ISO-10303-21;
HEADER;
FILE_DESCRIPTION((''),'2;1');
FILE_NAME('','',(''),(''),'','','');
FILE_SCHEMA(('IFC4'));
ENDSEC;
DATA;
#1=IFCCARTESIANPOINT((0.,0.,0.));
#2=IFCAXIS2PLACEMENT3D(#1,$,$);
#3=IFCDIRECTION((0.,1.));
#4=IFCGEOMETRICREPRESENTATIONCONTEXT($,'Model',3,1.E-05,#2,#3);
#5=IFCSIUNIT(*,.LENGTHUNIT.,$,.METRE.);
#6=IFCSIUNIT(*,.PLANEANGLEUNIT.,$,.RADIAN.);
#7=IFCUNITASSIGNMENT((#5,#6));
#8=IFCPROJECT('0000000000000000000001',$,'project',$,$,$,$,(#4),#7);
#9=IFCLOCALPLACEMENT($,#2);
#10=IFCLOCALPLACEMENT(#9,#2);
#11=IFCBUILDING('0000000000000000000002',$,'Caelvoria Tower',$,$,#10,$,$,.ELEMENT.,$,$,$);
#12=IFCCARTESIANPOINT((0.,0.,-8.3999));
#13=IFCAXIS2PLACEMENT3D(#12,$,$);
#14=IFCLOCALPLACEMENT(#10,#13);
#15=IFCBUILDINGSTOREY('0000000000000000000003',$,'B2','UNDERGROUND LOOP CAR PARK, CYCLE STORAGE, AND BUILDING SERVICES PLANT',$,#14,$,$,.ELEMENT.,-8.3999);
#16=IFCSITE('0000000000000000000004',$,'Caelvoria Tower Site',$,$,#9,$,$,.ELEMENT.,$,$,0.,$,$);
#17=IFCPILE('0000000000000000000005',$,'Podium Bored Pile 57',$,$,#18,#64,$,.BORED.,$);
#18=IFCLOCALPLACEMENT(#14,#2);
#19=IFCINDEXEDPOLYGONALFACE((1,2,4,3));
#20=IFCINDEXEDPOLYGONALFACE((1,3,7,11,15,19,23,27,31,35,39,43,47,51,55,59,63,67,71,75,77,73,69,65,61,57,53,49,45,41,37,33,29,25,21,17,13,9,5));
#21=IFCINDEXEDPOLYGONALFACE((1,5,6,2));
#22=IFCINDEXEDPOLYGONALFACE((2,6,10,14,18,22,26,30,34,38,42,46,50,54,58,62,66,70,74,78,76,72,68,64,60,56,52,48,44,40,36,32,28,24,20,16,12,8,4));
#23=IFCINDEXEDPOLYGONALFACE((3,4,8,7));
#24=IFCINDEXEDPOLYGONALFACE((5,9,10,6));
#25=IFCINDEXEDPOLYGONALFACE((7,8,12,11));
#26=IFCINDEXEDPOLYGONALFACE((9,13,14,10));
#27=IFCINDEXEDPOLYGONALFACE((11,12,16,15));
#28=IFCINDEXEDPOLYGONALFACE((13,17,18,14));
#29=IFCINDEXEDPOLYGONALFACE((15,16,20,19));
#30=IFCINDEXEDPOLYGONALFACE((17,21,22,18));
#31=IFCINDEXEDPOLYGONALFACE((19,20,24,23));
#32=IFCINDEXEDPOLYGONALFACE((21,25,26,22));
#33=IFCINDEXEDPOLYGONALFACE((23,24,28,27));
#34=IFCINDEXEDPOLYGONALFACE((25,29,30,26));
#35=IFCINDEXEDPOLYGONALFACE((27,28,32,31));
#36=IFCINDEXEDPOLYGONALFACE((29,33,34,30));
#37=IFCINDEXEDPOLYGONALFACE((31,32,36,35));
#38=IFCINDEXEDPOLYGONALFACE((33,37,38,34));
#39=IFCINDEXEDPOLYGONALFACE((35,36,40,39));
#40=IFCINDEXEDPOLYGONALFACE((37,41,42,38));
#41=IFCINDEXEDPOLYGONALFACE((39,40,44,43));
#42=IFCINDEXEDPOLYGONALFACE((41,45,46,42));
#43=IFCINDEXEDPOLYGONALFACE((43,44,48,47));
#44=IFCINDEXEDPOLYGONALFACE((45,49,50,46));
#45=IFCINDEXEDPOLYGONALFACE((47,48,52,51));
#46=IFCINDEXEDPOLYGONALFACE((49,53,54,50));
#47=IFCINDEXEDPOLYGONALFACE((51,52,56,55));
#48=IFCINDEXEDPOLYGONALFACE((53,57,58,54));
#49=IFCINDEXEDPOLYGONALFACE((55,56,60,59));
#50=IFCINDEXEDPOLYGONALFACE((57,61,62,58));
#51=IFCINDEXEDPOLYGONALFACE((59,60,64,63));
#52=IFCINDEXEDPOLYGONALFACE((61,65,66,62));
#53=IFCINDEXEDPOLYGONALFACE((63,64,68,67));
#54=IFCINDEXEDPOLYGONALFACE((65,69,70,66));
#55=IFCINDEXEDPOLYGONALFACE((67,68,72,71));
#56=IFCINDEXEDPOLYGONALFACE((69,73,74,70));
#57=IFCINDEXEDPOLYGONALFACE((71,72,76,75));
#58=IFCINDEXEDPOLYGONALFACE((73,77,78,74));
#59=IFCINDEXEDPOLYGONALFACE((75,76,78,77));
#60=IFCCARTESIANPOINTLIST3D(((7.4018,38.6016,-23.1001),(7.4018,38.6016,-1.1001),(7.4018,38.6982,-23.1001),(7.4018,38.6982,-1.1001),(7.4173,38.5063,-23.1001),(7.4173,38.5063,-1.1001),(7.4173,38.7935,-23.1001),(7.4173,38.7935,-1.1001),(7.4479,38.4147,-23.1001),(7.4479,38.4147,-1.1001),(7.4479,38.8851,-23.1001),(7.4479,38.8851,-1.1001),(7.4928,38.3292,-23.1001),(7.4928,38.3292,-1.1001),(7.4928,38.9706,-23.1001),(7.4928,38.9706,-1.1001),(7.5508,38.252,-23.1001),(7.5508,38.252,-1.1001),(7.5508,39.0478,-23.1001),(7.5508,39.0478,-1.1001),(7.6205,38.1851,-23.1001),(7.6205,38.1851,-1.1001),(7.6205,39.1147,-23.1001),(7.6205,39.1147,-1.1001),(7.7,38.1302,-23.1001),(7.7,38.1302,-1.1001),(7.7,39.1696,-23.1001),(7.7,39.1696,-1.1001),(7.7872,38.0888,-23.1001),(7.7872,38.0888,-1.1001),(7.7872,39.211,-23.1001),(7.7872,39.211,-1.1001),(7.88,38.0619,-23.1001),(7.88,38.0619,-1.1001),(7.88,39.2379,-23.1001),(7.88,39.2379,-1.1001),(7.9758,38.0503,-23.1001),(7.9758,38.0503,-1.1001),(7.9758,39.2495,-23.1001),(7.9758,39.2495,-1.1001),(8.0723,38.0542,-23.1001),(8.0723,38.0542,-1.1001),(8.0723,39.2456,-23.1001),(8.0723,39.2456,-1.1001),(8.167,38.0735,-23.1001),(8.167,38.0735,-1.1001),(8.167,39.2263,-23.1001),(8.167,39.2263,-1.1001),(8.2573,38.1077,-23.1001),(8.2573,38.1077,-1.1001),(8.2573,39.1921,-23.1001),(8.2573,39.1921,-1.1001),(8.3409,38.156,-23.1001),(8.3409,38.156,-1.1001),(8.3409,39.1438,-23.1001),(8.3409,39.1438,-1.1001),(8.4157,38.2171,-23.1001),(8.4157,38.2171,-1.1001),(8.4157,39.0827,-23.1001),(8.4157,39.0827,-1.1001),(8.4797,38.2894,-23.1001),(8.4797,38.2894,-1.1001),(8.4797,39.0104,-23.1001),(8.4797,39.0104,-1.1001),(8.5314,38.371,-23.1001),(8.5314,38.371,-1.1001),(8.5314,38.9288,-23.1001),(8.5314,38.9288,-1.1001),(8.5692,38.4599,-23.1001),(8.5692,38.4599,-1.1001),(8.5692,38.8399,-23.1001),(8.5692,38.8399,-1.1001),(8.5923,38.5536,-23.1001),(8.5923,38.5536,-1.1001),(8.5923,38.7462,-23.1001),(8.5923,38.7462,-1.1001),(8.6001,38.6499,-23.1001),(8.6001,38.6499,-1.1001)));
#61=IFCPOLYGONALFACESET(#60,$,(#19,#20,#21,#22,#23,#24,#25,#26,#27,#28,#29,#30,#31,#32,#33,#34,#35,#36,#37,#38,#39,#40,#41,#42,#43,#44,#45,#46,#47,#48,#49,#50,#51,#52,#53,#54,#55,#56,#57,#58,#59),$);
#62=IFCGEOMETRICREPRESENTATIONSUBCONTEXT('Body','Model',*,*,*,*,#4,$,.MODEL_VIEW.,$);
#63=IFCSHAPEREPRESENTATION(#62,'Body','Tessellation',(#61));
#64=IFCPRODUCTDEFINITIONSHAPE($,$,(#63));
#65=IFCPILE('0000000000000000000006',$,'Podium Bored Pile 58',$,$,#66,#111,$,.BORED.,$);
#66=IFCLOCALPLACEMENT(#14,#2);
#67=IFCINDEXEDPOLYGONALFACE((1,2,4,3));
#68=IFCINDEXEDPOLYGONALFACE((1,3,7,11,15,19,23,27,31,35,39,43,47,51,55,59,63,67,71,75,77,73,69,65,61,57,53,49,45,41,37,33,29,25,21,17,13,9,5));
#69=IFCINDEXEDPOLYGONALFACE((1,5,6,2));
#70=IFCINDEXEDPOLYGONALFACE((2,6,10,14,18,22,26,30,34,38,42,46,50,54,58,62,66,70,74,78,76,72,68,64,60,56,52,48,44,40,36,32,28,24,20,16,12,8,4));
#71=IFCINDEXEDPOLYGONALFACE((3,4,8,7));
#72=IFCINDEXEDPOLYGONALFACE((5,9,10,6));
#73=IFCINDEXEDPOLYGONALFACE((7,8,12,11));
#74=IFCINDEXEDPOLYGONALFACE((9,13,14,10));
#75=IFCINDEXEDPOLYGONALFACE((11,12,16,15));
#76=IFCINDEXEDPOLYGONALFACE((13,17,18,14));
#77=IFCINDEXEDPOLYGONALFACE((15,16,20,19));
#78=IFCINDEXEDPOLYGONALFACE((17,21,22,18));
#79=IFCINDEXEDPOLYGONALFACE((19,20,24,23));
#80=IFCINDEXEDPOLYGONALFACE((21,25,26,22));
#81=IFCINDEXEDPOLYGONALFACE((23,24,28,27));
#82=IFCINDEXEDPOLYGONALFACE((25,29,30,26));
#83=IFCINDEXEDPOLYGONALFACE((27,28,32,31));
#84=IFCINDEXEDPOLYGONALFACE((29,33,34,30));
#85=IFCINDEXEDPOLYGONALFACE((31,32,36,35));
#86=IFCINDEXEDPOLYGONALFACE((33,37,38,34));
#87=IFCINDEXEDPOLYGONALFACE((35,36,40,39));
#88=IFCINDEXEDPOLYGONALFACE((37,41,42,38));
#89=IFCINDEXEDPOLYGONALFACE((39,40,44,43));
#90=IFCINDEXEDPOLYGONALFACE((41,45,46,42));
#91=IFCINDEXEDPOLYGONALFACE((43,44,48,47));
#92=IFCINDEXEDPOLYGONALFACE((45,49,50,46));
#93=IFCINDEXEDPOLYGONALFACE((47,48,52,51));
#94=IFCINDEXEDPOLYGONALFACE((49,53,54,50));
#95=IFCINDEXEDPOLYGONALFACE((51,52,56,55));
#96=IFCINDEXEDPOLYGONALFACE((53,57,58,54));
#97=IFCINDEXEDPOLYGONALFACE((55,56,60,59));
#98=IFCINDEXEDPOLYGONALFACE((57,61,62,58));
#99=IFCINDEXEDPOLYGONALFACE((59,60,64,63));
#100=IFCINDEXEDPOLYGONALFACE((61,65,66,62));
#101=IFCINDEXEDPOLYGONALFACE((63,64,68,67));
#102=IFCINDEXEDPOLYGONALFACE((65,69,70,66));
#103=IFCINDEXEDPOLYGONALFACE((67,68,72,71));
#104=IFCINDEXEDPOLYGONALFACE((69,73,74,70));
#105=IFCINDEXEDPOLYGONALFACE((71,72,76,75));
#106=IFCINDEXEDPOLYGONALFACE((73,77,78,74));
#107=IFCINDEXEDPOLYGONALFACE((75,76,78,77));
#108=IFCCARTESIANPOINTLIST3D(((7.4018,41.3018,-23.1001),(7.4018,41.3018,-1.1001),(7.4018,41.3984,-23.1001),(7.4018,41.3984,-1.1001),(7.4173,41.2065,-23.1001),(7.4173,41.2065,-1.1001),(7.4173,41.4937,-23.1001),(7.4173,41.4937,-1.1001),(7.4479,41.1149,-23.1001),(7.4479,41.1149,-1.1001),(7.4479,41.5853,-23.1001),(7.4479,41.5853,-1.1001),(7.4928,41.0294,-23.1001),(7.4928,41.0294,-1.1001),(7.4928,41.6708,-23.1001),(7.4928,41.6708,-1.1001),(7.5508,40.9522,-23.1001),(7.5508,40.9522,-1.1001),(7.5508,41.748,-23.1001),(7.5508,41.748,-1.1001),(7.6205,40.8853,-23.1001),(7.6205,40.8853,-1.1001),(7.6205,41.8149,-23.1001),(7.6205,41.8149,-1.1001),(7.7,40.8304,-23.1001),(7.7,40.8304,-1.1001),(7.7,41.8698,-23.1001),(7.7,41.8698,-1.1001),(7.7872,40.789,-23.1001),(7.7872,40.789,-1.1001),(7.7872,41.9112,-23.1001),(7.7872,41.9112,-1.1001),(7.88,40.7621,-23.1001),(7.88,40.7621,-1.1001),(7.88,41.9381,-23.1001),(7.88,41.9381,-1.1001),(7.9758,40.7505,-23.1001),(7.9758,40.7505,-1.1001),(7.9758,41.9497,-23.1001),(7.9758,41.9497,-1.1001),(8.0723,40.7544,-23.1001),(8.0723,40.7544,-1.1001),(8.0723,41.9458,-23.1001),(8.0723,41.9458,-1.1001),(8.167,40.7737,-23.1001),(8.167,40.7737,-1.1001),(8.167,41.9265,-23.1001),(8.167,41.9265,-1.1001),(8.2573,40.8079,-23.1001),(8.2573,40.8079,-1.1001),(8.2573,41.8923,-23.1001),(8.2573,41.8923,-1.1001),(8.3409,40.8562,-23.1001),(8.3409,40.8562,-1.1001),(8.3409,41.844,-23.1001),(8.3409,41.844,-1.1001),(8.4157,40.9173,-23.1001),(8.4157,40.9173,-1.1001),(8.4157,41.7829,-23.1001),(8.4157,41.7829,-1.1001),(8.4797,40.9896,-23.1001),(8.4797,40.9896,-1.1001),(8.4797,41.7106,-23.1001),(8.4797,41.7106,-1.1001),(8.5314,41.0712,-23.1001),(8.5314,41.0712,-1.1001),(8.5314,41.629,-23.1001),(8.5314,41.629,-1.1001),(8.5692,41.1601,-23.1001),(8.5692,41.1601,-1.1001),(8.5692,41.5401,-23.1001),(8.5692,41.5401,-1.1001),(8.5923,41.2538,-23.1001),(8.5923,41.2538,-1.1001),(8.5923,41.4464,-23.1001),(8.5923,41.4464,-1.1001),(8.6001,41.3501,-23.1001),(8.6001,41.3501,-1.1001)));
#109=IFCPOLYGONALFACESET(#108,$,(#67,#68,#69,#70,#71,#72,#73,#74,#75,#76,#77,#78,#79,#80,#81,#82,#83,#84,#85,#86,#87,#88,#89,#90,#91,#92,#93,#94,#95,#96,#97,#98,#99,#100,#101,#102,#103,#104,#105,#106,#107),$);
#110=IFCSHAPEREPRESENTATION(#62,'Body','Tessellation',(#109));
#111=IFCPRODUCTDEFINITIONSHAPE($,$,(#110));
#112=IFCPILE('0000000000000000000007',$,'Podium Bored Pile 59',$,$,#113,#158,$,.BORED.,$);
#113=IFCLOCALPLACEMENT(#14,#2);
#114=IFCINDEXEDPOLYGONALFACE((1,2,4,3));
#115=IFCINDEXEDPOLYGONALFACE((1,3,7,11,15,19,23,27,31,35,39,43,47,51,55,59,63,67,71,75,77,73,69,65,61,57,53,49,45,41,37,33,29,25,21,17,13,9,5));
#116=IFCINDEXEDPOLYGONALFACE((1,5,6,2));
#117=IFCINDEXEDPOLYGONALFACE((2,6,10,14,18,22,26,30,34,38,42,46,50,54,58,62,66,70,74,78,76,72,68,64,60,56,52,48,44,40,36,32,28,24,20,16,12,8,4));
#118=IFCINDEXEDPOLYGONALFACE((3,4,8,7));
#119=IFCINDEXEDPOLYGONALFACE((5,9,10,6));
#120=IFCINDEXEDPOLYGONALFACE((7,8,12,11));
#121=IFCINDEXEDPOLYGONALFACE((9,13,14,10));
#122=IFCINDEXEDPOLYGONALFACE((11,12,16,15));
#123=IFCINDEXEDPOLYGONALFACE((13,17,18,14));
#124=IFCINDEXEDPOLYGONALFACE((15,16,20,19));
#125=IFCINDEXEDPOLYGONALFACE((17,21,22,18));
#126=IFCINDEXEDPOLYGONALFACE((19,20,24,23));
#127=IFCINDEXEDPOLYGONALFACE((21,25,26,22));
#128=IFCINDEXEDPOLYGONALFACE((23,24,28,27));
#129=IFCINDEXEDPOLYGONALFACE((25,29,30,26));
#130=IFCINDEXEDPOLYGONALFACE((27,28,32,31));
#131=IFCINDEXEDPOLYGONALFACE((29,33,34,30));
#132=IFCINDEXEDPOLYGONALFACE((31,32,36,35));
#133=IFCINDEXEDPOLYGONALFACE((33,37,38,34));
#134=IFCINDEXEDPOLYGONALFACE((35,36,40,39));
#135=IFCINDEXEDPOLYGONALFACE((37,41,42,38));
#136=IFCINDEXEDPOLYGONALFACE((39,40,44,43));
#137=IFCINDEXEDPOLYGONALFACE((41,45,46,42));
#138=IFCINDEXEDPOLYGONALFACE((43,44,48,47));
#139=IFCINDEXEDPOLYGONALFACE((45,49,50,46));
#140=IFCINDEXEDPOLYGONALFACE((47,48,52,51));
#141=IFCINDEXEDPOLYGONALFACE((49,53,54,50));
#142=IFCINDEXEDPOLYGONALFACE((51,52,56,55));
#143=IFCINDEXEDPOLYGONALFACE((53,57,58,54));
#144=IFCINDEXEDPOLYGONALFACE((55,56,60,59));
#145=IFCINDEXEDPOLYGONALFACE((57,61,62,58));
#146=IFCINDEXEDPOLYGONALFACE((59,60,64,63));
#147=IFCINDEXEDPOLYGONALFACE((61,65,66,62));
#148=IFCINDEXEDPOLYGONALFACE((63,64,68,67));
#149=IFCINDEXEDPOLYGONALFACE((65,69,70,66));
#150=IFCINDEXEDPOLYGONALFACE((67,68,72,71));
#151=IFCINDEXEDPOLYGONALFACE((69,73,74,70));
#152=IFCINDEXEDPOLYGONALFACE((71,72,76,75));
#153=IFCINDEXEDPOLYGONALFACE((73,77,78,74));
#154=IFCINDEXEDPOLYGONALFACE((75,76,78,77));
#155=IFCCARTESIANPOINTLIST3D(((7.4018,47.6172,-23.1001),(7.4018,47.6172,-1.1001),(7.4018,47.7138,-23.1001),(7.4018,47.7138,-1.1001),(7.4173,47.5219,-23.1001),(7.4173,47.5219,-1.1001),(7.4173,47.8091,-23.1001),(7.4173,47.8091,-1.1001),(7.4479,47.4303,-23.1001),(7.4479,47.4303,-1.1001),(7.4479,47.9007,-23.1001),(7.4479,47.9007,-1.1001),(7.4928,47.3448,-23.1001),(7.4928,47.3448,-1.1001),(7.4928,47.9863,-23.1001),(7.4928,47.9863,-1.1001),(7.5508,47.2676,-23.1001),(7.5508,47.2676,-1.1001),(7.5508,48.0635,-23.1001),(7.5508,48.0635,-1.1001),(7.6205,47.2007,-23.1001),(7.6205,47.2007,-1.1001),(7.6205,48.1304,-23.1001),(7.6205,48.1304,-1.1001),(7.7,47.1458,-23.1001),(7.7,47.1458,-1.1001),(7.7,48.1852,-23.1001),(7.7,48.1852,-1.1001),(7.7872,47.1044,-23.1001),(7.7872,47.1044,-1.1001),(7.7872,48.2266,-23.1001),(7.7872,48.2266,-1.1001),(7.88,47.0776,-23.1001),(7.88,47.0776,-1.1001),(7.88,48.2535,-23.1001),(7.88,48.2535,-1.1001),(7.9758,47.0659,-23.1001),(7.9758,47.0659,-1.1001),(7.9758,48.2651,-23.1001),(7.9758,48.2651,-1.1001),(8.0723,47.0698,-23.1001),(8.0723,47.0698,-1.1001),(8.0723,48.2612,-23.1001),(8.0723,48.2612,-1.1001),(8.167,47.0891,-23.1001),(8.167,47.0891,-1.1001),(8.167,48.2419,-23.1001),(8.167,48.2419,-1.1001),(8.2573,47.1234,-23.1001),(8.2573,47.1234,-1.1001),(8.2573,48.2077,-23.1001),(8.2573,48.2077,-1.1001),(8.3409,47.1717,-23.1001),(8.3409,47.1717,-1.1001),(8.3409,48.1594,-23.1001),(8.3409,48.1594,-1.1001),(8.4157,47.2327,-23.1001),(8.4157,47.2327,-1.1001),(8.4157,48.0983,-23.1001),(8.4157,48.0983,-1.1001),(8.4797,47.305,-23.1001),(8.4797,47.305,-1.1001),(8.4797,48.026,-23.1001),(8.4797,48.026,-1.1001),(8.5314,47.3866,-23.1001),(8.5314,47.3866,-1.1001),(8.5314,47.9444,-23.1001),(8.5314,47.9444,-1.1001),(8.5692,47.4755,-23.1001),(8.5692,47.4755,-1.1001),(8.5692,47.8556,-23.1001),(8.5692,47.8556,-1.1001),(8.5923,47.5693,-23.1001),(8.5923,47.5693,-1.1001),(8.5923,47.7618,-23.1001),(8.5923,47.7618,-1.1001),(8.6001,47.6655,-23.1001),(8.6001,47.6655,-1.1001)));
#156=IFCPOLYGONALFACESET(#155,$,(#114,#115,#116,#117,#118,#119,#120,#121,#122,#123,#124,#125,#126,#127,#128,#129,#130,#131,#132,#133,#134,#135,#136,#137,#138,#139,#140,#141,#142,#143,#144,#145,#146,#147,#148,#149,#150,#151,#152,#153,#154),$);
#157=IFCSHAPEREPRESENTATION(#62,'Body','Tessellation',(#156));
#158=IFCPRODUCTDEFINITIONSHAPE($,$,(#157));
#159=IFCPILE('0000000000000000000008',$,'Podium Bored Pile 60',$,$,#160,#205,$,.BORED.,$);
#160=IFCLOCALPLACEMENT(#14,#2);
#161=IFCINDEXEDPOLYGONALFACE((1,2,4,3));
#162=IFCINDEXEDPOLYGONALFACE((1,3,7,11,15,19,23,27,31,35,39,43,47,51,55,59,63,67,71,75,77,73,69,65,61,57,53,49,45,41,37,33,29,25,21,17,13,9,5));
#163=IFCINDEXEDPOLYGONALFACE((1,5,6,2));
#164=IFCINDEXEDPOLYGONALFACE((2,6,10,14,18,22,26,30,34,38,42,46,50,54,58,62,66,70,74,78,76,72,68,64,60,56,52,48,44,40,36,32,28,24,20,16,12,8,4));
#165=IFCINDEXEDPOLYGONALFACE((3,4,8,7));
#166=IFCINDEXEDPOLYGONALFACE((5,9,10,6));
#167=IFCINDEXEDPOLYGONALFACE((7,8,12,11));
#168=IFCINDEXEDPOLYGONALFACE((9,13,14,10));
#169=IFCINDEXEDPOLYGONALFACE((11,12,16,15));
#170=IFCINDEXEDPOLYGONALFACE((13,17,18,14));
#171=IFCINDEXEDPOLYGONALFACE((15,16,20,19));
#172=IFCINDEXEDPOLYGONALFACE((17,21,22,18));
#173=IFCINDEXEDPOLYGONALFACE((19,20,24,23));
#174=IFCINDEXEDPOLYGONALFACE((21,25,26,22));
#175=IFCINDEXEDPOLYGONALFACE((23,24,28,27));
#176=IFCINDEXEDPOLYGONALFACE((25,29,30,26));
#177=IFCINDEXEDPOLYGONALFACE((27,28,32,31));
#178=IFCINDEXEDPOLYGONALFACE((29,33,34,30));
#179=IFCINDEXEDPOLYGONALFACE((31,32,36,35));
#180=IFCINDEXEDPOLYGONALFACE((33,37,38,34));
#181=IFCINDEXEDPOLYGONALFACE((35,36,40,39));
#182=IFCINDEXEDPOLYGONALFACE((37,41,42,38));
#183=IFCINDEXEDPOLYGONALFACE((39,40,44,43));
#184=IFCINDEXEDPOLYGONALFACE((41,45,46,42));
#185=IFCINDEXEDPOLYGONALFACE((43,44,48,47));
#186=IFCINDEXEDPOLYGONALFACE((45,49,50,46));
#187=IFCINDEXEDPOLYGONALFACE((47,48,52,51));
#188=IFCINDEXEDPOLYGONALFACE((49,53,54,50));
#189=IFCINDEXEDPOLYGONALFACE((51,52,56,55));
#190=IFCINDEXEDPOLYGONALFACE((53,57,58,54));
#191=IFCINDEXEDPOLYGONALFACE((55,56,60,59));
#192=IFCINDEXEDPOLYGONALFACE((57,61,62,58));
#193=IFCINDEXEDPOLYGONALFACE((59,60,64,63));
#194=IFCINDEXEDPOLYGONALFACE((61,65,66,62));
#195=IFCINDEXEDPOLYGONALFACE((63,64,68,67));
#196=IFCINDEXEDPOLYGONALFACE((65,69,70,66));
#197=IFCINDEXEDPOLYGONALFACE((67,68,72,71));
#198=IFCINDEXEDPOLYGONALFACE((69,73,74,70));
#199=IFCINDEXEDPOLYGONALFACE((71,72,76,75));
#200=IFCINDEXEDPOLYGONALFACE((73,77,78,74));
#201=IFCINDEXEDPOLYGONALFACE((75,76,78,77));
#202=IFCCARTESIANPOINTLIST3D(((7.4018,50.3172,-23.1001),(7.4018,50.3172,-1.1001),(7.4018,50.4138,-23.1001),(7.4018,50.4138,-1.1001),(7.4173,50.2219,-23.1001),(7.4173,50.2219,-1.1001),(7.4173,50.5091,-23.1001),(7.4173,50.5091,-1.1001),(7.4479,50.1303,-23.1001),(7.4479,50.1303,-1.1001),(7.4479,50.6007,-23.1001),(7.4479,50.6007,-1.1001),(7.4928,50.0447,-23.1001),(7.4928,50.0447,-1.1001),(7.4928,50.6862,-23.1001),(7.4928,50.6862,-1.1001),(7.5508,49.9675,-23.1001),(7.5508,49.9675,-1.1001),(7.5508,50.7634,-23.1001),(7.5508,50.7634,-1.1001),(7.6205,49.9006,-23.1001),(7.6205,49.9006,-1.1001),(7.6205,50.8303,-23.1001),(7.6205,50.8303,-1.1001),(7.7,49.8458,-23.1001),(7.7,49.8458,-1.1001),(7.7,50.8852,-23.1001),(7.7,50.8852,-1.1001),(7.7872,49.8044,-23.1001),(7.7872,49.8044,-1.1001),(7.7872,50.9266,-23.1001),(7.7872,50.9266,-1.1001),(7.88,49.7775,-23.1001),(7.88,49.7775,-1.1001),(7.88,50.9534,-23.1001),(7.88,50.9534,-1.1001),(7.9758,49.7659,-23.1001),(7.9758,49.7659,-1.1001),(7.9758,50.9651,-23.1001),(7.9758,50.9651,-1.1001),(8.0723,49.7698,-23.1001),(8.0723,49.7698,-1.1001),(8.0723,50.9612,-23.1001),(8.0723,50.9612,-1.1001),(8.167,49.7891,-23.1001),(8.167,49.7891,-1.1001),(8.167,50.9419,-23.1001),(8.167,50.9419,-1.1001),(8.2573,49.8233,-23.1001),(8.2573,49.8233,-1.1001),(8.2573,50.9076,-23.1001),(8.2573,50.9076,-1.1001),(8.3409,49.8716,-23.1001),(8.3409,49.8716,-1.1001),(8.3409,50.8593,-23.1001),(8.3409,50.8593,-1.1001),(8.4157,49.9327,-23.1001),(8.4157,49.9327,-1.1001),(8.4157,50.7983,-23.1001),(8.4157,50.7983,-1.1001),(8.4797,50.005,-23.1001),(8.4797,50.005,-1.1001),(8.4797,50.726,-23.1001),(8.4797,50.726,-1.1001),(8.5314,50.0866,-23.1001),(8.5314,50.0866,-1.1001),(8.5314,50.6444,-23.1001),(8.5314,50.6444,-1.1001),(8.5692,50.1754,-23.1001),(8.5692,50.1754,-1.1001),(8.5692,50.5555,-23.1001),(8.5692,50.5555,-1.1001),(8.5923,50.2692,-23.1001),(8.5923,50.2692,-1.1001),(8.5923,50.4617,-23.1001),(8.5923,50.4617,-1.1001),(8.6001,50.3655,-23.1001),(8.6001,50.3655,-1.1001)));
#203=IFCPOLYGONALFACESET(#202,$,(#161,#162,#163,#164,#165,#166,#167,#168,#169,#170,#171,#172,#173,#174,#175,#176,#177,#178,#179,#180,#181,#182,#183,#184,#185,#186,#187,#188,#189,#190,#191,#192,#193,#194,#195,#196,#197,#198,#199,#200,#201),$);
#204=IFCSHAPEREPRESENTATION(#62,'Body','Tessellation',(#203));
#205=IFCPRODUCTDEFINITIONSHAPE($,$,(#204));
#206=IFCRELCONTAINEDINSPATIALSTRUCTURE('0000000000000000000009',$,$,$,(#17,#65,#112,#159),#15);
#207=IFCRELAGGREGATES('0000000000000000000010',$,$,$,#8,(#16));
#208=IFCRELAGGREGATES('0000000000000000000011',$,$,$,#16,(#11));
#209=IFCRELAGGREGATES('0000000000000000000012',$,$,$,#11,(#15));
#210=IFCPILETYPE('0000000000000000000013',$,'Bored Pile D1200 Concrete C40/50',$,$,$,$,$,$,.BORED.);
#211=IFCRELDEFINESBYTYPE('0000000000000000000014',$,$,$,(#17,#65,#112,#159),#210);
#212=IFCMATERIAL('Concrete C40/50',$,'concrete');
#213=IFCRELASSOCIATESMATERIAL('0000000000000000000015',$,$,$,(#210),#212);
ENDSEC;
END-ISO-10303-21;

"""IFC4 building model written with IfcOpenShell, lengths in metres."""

from ifc_helpers import new_model, si_unit, direction, frame, origin, origin_2d, place, context, subcontext, project, spatial, circle, extrude, material, material_profile, profile_set, type_object, element, save


model = new_model("IFC4")

# Units and contexts
model_context = context("Model", 3, precision=1e-05, world=origin(), true_north=direction((0.0, 1.0)))
body_context = subcontext(model_context, "Body", "Model", "MODEL_VIEW")
ifc_project = project(units=[si_unit("LENGTHUNIT", "METRE"), si_unit("PLANEANGLEUNIT", "RADIAN")], contexts=[model_context])

# Site, building, storey
site_placement = place(None, origin())
site = spatial("IfcSite", under=ifc_project, at=site_placement, Name="Caelvoria Tower Site", CompositionType="ELEMENT", RefElevation=0.0)
building_placement = place(site_placement, origin())
building = spatial("IfcBuilding", under=site, at=building_placement, Name="Caelvoria Tower", CompositionType="ELEMENT")
storey_placement = place(building_placement, frame((0.0, 0.0, -8.3999)))
storey = spatial("IfcBuildingStorey", under=building, at=storey_placement, Name="B2", Description="UNDERGROUND LOOP CAR PARK, CYCLE STORAGE, AND BUILDING SERVICES PLANT", CompositionType="ELEMENT", Elevation=-8.3999)

# Piles
ifc_material_1 = material(Name="Concrete C40/50", Category="concrete")
ifc_material_profile_1 = material_profile(ifc_material_1, circle(Radius=0.6001, at=origin_2d()), Name="Concrete C40/50")
ifc_profile_set_1 = profile_set([ifc_material_profile_1], Name="PILE_D1200 - Concrete C40/50")
pile_type_1 = type_object("IfcPileType", Name="Bored Pile D1200 Concrete C40/50", PredefinedType="BORED", material=ifc_profile_set_1)
for number, where, z_axis, x_axis, name in (
    (1, (8.0, 38.6499, -1.1001), (0.0, 0.0, -1.0), (1.0, 0.0, 0.0), "Podium Bored Pile 57"),
    (2, (8.0, 41.3501, -1.1001), (0.0, 0.0, -1.0), (1.0, 0.0, 0.0), "Podium Bored Pile 58"),
    (3, (8.0, 47.6655, -1.1001), (0.0, 0.0, -1.0), (1.0, 0.0, 0.0), "Podium Bored Pile 59"),
    (4, (8.0, 50.3655, -1.1001), (0.0, 0.0, -1.0), (1.0, 0.0, 0.0), "Podium Bored Pile 60"),
):
    element("IfcPile", number, at=place(storey_placement, frame(where, z_axis=z_axis, x_axis=x_axis)), inside=storey, type_object=pile_type_1, Name=name, PredefinedType="BORED", context=body_context, shape_type="SweptSolid", body=[
        extrude(circle(Radius=0.6001, at=origin_2d()), origin(), (0.0, 0.0, 1.0), 22.0),
    ])

save(model, "model.ifc")
